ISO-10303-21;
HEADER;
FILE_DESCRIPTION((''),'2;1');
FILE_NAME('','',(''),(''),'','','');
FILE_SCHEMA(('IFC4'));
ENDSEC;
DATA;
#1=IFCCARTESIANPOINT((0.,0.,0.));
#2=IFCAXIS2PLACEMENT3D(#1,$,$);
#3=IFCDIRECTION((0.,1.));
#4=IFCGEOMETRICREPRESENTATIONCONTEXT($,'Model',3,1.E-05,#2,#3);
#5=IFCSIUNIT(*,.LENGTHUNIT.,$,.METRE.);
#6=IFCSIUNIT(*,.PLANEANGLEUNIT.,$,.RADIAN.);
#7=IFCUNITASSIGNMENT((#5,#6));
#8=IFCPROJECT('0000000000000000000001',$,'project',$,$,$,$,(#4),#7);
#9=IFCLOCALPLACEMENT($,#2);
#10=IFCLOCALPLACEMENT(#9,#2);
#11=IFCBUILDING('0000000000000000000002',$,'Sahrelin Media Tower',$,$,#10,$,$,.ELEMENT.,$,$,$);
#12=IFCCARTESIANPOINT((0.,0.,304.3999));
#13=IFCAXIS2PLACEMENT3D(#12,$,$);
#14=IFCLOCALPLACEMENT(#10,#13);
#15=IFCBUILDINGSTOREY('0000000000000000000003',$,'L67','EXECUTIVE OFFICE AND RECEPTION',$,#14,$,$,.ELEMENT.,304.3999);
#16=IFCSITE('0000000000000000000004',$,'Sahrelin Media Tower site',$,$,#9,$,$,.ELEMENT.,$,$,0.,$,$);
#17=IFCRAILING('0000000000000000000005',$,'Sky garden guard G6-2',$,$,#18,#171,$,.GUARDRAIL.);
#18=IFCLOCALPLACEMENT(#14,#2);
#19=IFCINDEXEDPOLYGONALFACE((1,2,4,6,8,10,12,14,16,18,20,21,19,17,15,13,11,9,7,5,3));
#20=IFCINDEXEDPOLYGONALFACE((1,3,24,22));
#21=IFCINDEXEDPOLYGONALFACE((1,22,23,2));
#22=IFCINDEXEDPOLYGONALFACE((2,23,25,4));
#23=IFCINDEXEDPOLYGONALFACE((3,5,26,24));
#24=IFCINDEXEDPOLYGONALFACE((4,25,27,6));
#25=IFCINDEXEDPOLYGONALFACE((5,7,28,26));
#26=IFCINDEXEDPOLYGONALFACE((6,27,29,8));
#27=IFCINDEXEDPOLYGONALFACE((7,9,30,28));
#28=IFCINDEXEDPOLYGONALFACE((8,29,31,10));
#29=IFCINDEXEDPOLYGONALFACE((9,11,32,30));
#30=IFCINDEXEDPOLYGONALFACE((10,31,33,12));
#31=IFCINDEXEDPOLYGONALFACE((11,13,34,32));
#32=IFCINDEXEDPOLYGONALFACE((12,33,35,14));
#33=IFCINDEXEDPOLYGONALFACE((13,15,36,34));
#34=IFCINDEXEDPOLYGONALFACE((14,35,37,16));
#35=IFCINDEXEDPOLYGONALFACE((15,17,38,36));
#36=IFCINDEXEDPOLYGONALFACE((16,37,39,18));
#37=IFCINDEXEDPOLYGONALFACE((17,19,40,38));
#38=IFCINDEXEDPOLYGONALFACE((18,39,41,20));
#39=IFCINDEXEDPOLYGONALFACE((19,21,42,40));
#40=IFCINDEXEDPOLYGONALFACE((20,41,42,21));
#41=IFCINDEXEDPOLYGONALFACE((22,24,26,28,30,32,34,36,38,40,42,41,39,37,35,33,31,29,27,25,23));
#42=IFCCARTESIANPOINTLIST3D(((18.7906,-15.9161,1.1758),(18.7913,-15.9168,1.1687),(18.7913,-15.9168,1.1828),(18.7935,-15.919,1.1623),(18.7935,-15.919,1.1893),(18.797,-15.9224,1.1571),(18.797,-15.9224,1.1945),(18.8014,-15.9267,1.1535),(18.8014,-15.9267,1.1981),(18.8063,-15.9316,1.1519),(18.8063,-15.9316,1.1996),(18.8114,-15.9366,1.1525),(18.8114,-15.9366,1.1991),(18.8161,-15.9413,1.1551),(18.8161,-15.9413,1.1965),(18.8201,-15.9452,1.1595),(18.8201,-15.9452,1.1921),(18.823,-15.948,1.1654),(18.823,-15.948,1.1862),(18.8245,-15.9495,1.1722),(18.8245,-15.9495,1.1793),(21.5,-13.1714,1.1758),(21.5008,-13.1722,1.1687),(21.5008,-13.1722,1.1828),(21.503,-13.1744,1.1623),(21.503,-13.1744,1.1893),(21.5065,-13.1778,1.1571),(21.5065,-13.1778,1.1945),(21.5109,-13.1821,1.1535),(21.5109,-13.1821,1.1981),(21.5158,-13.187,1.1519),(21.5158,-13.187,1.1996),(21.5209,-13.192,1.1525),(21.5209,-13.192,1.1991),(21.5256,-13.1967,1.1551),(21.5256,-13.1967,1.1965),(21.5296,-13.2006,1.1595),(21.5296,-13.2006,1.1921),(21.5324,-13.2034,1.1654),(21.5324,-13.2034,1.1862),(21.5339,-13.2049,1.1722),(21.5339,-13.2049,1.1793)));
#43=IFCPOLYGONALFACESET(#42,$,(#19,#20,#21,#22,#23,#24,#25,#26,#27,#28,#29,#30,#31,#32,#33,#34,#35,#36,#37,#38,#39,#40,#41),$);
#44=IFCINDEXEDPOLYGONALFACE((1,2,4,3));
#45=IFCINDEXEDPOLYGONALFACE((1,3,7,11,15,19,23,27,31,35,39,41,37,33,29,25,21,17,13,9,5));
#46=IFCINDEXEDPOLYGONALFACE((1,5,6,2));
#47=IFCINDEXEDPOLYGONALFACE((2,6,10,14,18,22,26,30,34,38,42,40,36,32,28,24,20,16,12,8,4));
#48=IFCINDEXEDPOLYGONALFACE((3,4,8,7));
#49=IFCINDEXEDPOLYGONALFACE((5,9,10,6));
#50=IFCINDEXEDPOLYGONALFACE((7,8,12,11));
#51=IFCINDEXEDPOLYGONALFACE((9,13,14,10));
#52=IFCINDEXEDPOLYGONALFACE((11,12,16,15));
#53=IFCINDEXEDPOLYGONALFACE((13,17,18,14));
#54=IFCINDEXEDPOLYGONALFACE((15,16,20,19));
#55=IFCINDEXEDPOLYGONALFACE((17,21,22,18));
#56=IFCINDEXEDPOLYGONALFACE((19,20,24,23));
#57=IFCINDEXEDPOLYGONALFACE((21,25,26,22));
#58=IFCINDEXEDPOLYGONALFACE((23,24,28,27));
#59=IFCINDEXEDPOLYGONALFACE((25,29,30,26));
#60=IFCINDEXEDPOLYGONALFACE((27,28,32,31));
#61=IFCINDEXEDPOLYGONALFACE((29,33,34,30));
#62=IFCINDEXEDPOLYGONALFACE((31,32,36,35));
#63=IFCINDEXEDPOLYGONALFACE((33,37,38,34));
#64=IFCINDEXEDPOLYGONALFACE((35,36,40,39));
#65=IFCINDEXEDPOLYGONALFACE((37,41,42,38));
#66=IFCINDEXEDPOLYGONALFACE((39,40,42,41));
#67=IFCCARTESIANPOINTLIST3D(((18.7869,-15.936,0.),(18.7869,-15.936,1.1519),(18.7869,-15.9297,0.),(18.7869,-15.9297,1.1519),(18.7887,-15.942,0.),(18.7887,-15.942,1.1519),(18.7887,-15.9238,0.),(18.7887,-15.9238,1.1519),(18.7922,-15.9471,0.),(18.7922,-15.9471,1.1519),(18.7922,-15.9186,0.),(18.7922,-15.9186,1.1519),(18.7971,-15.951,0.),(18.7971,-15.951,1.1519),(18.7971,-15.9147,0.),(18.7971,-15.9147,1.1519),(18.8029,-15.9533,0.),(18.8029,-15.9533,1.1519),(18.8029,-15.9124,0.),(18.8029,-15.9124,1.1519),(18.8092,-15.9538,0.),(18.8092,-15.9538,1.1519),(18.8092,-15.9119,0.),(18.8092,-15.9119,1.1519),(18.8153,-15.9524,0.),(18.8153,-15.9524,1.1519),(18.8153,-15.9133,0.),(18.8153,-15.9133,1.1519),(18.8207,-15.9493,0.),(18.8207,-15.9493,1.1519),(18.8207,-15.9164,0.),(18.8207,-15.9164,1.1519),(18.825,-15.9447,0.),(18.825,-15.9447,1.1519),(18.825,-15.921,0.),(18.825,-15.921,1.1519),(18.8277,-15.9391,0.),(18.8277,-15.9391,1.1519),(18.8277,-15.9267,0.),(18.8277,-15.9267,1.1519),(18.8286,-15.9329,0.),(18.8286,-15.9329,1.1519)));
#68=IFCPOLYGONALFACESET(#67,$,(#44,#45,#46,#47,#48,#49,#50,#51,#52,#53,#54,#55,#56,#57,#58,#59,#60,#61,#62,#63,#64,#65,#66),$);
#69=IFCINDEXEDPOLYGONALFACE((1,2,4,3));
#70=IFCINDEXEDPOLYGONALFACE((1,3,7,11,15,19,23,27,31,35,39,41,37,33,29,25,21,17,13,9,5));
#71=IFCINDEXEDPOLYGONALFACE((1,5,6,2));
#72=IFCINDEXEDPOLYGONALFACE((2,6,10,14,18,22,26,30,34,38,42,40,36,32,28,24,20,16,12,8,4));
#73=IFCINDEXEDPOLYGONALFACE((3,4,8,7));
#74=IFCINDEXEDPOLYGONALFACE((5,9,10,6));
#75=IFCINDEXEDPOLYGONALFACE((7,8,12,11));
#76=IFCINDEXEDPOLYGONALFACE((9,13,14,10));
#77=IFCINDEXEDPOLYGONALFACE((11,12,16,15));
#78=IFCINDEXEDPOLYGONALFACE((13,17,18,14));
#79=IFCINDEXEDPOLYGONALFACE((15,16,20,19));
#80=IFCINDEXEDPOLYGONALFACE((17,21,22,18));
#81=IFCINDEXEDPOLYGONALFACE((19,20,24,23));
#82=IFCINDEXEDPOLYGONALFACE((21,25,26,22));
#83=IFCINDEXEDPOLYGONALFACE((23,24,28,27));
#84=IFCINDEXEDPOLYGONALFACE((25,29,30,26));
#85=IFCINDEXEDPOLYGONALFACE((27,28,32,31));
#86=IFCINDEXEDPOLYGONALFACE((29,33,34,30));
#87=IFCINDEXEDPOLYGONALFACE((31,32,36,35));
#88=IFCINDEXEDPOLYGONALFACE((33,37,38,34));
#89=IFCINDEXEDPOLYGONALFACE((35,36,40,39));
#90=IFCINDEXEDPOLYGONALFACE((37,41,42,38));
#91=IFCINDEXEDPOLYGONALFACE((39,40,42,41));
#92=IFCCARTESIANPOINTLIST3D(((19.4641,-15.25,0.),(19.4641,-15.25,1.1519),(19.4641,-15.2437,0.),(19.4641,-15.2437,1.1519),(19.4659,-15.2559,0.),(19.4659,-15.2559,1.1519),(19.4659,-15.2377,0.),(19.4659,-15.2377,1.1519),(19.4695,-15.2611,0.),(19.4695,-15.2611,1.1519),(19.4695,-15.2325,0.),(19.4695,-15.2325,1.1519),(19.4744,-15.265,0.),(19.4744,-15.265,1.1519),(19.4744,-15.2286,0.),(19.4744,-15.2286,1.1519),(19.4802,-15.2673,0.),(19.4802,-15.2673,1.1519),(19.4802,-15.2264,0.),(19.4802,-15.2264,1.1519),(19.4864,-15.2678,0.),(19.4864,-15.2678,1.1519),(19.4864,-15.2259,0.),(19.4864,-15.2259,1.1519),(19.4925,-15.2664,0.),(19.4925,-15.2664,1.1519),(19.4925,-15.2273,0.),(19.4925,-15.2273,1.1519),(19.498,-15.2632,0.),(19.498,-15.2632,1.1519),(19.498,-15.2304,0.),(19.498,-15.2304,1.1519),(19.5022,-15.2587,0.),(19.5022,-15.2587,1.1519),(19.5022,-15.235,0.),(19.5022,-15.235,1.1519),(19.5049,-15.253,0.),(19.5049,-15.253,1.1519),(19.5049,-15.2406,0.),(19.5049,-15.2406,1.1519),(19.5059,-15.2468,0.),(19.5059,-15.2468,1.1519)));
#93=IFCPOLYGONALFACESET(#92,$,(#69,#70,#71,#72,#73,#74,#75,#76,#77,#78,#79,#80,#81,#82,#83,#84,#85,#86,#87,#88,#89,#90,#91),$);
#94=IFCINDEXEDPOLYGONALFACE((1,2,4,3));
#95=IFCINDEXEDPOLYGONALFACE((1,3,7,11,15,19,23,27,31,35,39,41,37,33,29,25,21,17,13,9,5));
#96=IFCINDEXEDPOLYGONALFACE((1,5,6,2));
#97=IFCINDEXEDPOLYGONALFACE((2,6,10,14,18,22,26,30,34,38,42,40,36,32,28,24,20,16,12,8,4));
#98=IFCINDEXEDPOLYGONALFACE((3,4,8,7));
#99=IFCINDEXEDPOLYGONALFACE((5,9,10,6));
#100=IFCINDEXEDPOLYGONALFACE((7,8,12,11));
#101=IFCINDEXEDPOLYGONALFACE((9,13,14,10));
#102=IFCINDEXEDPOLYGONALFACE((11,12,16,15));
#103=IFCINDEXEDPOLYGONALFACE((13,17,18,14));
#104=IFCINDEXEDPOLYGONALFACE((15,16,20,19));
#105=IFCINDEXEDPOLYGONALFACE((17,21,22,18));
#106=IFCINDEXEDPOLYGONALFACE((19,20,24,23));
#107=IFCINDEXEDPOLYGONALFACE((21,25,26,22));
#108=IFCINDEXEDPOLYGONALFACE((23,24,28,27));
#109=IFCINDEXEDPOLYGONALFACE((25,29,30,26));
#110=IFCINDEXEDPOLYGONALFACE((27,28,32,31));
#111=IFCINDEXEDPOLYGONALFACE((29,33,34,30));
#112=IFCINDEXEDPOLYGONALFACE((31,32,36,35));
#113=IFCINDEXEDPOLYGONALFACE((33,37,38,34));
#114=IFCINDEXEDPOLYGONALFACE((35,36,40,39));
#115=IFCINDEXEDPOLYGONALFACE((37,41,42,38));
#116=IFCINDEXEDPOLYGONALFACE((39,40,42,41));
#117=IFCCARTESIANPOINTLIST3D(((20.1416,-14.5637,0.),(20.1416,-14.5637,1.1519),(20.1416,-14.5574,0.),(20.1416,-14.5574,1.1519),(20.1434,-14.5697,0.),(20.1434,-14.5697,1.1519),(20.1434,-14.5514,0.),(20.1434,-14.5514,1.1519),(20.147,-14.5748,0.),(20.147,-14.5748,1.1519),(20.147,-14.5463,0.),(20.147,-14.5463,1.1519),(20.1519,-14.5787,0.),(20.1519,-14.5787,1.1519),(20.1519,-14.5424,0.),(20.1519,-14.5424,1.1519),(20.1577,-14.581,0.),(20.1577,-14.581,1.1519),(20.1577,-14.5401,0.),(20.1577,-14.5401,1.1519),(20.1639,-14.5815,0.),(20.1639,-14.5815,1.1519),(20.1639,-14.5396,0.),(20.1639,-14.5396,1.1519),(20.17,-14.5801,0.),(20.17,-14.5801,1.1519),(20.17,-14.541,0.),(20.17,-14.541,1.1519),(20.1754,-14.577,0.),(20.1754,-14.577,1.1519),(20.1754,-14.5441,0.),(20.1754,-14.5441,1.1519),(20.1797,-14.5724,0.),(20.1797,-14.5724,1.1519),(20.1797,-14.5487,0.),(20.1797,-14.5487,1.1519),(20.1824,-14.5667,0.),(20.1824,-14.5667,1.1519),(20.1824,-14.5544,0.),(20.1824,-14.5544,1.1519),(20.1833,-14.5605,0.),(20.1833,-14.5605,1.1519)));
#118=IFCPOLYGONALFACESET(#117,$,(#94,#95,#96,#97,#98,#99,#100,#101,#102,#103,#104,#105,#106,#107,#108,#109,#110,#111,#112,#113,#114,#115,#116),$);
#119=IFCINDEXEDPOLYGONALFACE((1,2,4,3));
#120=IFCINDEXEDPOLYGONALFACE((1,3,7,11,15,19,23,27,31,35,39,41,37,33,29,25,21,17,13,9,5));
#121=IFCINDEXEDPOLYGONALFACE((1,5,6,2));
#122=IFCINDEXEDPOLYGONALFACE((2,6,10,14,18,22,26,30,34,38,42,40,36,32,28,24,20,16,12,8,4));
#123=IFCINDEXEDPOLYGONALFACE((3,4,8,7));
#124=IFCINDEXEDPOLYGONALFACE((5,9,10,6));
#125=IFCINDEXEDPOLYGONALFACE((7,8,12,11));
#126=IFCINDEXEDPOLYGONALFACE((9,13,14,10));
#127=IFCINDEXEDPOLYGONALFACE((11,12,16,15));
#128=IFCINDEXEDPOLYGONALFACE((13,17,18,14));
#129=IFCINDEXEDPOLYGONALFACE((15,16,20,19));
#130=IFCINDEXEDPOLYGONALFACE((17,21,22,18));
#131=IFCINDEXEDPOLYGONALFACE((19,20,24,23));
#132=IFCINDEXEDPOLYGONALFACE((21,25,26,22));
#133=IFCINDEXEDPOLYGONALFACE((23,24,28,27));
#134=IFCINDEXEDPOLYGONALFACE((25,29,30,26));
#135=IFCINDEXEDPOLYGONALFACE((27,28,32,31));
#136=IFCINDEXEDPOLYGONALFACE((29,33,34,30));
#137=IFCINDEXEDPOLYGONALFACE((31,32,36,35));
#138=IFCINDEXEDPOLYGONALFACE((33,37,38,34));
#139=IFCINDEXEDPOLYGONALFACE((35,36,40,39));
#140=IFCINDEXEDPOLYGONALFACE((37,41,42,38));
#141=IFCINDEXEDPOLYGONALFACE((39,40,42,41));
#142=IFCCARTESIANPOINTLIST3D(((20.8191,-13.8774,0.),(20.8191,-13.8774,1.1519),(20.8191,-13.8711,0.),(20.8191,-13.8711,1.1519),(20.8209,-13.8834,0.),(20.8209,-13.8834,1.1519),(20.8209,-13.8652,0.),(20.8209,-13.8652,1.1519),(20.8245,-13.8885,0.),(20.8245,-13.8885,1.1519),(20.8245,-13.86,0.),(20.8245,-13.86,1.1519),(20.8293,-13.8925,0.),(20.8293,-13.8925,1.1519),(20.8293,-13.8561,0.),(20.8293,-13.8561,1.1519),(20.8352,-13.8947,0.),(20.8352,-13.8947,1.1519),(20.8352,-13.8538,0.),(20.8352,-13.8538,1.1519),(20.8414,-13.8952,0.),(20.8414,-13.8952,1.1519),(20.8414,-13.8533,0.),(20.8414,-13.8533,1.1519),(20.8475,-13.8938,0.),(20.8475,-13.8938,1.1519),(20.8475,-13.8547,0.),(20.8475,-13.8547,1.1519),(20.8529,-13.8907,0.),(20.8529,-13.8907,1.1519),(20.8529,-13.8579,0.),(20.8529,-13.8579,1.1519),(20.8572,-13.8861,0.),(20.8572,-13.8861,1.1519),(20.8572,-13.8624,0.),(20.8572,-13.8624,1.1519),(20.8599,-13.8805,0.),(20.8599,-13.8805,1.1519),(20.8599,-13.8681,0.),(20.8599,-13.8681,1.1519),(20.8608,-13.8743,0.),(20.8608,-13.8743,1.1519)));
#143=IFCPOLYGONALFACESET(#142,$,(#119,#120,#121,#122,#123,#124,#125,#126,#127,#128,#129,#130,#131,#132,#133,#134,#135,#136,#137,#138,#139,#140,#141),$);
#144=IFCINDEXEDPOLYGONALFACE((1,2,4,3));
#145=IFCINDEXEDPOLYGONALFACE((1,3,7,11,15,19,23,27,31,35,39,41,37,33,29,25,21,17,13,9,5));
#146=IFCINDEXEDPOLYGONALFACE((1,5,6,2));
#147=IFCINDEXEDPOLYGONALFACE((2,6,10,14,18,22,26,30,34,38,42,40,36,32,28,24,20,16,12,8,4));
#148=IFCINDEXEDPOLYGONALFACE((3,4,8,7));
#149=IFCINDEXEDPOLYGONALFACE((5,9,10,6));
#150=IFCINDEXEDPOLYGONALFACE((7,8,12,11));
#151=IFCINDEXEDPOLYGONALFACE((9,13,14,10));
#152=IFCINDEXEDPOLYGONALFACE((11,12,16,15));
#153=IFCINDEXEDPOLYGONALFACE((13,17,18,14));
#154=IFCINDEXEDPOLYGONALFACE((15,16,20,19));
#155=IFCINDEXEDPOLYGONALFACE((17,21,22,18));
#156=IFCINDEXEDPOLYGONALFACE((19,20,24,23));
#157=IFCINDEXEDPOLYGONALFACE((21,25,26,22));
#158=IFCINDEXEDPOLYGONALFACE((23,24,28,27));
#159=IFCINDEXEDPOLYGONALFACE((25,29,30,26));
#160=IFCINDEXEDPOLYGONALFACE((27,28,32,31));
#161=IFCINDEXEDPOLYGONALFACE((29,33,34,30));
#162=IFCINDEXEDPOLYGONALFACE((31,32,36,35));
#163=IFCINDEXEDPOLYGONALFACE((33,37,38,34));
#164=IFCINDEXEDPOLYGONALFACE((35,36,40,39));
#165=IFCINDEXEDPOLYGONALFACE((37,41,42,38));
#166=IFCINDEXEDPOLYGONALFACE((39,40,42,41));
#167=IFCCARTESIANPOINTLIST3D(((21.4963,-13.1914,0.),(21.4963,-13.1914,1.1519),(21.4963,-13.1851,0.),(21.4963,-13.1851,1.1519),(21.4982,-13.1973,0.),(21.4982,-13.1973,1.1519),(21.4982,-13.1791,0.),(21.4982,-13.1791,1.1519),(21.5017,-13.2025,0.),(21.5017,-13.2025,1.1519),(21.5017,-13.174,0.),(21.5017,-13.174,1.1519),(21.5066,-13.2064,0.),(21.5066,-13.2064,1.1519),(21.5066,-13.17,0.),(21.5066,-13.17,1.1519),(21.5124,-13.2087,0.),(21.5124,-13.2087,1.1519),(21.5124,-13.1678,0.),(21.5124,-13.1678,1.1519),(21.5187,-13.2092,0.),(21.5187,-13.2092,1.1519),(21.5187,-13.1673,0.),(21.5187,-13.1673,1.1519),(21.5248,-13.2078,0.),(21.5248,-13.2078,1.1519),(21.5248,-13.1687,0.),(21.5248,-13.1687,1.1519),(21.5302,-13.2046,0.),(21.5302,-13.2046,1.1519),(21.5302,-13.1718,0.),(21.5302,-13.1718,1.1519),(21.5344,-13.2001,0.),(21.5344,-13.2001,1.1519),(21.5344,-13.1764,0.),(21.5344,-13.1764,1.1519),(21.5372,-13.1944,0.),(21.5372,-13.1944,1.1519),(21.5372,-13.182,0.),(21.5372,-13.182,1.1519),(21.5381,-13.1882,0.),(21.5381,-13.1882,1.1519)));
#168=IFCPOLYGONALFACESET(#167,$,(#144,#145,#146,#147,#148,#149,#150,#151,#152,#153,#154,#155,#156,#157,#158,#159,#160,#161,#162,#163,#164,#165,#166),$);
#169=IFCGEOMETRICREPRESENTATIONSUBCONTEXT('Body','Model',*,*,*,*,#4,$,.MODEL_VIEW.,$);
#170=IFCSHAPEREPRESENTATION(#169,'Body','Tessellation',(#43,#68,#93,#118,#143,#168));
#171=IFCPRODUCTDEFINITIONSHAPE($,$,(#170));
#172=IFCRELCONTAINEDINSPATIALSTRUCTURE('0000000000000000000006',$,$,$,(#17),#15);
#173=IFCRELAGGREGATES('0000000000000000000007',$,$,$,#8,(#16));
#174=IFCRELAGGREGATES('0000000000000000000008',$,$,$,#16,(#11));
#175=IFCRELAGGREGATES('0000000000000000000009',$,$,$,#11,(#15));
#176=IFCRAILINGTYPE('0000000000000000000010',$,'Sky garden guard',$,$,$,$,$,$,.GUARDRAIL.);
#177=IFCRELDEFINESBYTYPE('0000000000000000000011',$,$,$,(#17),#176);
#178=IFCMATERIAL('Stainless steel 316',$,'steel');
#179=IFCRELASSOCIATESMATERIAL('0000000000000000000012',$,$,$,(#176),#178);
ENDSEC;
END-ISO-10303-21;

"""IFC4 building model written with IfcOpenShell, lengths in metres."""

from ifc_helpers import new_model, si_unit, direction, frame, origin, origin_2d, place, context, subcontext, project, spatial, circle, extrude, material, type_object, element, save


model = new_model("IFC4")

# Units and contexts
model_context = context("Model", 3, precision=1e-05, world=origin(), true_north=direction((0.0, 1.0)))
body_context = subcontext(model_context, "Body", "Model", "MODEL_VIEW")
ifc_project = project(units=[si_unit("LENGTHUNIT", "METRE"), si_unit("PLANEANGLEUNIT", "RADIAN")], contexts=[model_context])

# Site, building, storey
site_placement = place(None, origin())
site = spatial("IfcSite", under=ifc_project, at=site_placement, Name="Sahrelin Media Tower site", CompositionType="ELEMENT", RefElevation=0.0)
building_placement = place(site_placement, origin())
building = spatial("IfcBuilding", under=site, at=building_placement, Name="Sahrelin Media Tower", CompositionType="ELEMENT")
storey_placement = place(building_placement, frame((0.0, 0.0, 304.3999)))
storey = spatial("IfcBuildingStorey", under=building, at=storey_placement, Name="L67", Description="EXECUTIVE OFFICE AND RECEPTION", CompositionType="ELEMENT", Elevation=304.3999)

# Railing
ifc_material_1 = material(Name="Stainless steel 316", Category="steel")
railing_type = type_object("IfcRailingType", Name="Sky garden guard", PredefinedType="GUARDRAIL", material=ifc_material_1)
railing_1_placement = place(storey_placement, frame((18.8076, -15.9329, 0.0)))
element("IfcRailing", 1, at=railing_1_placement, inside=storey, type_object=railing_type, Name="Sky garden guard G6-2", PredefinedType="GUARDRAIL", context=body_context, shape_type="SweptSolid", body=[
    extrude(circle(Radius=0.0239, at=origin_2d()), frame((0.0, 0.0, 1.1758), z_axis=(0.702534, 0.71165, 0.0), x_axis=(-0.71165, 0.702534, 0.0)), (0.0, 0.0, 1.0), 3.8567),
    extrude(circle(Radius=0.021, at=origin_2d()), origin(), (0.0, 0.0, 1.0), 1.1519),
    extrude(circle(Radius=0.021, at=origin_2d()), frame((0.6772, 0.686, 0.0)), (0.0, 0.0, 1.0), 1.1519),
    extrude(circle(Radius=0.021, at=origin_2d()), frame((1.3547, 1.3723, 0.0)), (0.0, 0.0, 1.0), 1.1519),
    extrude(circle(Radius=0.021, at=origin_2d()), frame((2.0322, 2.0586, 0.0)), (0.0, 0.0, 1.0), 1.1519),
    extrude(circle(Radius=0.021, at=origin_2d()), frame((2.7095, 2.7446, 0.0)), (0.0, 0.0, 1.0), 1.1519),
])

save(model, "model.ifc")
